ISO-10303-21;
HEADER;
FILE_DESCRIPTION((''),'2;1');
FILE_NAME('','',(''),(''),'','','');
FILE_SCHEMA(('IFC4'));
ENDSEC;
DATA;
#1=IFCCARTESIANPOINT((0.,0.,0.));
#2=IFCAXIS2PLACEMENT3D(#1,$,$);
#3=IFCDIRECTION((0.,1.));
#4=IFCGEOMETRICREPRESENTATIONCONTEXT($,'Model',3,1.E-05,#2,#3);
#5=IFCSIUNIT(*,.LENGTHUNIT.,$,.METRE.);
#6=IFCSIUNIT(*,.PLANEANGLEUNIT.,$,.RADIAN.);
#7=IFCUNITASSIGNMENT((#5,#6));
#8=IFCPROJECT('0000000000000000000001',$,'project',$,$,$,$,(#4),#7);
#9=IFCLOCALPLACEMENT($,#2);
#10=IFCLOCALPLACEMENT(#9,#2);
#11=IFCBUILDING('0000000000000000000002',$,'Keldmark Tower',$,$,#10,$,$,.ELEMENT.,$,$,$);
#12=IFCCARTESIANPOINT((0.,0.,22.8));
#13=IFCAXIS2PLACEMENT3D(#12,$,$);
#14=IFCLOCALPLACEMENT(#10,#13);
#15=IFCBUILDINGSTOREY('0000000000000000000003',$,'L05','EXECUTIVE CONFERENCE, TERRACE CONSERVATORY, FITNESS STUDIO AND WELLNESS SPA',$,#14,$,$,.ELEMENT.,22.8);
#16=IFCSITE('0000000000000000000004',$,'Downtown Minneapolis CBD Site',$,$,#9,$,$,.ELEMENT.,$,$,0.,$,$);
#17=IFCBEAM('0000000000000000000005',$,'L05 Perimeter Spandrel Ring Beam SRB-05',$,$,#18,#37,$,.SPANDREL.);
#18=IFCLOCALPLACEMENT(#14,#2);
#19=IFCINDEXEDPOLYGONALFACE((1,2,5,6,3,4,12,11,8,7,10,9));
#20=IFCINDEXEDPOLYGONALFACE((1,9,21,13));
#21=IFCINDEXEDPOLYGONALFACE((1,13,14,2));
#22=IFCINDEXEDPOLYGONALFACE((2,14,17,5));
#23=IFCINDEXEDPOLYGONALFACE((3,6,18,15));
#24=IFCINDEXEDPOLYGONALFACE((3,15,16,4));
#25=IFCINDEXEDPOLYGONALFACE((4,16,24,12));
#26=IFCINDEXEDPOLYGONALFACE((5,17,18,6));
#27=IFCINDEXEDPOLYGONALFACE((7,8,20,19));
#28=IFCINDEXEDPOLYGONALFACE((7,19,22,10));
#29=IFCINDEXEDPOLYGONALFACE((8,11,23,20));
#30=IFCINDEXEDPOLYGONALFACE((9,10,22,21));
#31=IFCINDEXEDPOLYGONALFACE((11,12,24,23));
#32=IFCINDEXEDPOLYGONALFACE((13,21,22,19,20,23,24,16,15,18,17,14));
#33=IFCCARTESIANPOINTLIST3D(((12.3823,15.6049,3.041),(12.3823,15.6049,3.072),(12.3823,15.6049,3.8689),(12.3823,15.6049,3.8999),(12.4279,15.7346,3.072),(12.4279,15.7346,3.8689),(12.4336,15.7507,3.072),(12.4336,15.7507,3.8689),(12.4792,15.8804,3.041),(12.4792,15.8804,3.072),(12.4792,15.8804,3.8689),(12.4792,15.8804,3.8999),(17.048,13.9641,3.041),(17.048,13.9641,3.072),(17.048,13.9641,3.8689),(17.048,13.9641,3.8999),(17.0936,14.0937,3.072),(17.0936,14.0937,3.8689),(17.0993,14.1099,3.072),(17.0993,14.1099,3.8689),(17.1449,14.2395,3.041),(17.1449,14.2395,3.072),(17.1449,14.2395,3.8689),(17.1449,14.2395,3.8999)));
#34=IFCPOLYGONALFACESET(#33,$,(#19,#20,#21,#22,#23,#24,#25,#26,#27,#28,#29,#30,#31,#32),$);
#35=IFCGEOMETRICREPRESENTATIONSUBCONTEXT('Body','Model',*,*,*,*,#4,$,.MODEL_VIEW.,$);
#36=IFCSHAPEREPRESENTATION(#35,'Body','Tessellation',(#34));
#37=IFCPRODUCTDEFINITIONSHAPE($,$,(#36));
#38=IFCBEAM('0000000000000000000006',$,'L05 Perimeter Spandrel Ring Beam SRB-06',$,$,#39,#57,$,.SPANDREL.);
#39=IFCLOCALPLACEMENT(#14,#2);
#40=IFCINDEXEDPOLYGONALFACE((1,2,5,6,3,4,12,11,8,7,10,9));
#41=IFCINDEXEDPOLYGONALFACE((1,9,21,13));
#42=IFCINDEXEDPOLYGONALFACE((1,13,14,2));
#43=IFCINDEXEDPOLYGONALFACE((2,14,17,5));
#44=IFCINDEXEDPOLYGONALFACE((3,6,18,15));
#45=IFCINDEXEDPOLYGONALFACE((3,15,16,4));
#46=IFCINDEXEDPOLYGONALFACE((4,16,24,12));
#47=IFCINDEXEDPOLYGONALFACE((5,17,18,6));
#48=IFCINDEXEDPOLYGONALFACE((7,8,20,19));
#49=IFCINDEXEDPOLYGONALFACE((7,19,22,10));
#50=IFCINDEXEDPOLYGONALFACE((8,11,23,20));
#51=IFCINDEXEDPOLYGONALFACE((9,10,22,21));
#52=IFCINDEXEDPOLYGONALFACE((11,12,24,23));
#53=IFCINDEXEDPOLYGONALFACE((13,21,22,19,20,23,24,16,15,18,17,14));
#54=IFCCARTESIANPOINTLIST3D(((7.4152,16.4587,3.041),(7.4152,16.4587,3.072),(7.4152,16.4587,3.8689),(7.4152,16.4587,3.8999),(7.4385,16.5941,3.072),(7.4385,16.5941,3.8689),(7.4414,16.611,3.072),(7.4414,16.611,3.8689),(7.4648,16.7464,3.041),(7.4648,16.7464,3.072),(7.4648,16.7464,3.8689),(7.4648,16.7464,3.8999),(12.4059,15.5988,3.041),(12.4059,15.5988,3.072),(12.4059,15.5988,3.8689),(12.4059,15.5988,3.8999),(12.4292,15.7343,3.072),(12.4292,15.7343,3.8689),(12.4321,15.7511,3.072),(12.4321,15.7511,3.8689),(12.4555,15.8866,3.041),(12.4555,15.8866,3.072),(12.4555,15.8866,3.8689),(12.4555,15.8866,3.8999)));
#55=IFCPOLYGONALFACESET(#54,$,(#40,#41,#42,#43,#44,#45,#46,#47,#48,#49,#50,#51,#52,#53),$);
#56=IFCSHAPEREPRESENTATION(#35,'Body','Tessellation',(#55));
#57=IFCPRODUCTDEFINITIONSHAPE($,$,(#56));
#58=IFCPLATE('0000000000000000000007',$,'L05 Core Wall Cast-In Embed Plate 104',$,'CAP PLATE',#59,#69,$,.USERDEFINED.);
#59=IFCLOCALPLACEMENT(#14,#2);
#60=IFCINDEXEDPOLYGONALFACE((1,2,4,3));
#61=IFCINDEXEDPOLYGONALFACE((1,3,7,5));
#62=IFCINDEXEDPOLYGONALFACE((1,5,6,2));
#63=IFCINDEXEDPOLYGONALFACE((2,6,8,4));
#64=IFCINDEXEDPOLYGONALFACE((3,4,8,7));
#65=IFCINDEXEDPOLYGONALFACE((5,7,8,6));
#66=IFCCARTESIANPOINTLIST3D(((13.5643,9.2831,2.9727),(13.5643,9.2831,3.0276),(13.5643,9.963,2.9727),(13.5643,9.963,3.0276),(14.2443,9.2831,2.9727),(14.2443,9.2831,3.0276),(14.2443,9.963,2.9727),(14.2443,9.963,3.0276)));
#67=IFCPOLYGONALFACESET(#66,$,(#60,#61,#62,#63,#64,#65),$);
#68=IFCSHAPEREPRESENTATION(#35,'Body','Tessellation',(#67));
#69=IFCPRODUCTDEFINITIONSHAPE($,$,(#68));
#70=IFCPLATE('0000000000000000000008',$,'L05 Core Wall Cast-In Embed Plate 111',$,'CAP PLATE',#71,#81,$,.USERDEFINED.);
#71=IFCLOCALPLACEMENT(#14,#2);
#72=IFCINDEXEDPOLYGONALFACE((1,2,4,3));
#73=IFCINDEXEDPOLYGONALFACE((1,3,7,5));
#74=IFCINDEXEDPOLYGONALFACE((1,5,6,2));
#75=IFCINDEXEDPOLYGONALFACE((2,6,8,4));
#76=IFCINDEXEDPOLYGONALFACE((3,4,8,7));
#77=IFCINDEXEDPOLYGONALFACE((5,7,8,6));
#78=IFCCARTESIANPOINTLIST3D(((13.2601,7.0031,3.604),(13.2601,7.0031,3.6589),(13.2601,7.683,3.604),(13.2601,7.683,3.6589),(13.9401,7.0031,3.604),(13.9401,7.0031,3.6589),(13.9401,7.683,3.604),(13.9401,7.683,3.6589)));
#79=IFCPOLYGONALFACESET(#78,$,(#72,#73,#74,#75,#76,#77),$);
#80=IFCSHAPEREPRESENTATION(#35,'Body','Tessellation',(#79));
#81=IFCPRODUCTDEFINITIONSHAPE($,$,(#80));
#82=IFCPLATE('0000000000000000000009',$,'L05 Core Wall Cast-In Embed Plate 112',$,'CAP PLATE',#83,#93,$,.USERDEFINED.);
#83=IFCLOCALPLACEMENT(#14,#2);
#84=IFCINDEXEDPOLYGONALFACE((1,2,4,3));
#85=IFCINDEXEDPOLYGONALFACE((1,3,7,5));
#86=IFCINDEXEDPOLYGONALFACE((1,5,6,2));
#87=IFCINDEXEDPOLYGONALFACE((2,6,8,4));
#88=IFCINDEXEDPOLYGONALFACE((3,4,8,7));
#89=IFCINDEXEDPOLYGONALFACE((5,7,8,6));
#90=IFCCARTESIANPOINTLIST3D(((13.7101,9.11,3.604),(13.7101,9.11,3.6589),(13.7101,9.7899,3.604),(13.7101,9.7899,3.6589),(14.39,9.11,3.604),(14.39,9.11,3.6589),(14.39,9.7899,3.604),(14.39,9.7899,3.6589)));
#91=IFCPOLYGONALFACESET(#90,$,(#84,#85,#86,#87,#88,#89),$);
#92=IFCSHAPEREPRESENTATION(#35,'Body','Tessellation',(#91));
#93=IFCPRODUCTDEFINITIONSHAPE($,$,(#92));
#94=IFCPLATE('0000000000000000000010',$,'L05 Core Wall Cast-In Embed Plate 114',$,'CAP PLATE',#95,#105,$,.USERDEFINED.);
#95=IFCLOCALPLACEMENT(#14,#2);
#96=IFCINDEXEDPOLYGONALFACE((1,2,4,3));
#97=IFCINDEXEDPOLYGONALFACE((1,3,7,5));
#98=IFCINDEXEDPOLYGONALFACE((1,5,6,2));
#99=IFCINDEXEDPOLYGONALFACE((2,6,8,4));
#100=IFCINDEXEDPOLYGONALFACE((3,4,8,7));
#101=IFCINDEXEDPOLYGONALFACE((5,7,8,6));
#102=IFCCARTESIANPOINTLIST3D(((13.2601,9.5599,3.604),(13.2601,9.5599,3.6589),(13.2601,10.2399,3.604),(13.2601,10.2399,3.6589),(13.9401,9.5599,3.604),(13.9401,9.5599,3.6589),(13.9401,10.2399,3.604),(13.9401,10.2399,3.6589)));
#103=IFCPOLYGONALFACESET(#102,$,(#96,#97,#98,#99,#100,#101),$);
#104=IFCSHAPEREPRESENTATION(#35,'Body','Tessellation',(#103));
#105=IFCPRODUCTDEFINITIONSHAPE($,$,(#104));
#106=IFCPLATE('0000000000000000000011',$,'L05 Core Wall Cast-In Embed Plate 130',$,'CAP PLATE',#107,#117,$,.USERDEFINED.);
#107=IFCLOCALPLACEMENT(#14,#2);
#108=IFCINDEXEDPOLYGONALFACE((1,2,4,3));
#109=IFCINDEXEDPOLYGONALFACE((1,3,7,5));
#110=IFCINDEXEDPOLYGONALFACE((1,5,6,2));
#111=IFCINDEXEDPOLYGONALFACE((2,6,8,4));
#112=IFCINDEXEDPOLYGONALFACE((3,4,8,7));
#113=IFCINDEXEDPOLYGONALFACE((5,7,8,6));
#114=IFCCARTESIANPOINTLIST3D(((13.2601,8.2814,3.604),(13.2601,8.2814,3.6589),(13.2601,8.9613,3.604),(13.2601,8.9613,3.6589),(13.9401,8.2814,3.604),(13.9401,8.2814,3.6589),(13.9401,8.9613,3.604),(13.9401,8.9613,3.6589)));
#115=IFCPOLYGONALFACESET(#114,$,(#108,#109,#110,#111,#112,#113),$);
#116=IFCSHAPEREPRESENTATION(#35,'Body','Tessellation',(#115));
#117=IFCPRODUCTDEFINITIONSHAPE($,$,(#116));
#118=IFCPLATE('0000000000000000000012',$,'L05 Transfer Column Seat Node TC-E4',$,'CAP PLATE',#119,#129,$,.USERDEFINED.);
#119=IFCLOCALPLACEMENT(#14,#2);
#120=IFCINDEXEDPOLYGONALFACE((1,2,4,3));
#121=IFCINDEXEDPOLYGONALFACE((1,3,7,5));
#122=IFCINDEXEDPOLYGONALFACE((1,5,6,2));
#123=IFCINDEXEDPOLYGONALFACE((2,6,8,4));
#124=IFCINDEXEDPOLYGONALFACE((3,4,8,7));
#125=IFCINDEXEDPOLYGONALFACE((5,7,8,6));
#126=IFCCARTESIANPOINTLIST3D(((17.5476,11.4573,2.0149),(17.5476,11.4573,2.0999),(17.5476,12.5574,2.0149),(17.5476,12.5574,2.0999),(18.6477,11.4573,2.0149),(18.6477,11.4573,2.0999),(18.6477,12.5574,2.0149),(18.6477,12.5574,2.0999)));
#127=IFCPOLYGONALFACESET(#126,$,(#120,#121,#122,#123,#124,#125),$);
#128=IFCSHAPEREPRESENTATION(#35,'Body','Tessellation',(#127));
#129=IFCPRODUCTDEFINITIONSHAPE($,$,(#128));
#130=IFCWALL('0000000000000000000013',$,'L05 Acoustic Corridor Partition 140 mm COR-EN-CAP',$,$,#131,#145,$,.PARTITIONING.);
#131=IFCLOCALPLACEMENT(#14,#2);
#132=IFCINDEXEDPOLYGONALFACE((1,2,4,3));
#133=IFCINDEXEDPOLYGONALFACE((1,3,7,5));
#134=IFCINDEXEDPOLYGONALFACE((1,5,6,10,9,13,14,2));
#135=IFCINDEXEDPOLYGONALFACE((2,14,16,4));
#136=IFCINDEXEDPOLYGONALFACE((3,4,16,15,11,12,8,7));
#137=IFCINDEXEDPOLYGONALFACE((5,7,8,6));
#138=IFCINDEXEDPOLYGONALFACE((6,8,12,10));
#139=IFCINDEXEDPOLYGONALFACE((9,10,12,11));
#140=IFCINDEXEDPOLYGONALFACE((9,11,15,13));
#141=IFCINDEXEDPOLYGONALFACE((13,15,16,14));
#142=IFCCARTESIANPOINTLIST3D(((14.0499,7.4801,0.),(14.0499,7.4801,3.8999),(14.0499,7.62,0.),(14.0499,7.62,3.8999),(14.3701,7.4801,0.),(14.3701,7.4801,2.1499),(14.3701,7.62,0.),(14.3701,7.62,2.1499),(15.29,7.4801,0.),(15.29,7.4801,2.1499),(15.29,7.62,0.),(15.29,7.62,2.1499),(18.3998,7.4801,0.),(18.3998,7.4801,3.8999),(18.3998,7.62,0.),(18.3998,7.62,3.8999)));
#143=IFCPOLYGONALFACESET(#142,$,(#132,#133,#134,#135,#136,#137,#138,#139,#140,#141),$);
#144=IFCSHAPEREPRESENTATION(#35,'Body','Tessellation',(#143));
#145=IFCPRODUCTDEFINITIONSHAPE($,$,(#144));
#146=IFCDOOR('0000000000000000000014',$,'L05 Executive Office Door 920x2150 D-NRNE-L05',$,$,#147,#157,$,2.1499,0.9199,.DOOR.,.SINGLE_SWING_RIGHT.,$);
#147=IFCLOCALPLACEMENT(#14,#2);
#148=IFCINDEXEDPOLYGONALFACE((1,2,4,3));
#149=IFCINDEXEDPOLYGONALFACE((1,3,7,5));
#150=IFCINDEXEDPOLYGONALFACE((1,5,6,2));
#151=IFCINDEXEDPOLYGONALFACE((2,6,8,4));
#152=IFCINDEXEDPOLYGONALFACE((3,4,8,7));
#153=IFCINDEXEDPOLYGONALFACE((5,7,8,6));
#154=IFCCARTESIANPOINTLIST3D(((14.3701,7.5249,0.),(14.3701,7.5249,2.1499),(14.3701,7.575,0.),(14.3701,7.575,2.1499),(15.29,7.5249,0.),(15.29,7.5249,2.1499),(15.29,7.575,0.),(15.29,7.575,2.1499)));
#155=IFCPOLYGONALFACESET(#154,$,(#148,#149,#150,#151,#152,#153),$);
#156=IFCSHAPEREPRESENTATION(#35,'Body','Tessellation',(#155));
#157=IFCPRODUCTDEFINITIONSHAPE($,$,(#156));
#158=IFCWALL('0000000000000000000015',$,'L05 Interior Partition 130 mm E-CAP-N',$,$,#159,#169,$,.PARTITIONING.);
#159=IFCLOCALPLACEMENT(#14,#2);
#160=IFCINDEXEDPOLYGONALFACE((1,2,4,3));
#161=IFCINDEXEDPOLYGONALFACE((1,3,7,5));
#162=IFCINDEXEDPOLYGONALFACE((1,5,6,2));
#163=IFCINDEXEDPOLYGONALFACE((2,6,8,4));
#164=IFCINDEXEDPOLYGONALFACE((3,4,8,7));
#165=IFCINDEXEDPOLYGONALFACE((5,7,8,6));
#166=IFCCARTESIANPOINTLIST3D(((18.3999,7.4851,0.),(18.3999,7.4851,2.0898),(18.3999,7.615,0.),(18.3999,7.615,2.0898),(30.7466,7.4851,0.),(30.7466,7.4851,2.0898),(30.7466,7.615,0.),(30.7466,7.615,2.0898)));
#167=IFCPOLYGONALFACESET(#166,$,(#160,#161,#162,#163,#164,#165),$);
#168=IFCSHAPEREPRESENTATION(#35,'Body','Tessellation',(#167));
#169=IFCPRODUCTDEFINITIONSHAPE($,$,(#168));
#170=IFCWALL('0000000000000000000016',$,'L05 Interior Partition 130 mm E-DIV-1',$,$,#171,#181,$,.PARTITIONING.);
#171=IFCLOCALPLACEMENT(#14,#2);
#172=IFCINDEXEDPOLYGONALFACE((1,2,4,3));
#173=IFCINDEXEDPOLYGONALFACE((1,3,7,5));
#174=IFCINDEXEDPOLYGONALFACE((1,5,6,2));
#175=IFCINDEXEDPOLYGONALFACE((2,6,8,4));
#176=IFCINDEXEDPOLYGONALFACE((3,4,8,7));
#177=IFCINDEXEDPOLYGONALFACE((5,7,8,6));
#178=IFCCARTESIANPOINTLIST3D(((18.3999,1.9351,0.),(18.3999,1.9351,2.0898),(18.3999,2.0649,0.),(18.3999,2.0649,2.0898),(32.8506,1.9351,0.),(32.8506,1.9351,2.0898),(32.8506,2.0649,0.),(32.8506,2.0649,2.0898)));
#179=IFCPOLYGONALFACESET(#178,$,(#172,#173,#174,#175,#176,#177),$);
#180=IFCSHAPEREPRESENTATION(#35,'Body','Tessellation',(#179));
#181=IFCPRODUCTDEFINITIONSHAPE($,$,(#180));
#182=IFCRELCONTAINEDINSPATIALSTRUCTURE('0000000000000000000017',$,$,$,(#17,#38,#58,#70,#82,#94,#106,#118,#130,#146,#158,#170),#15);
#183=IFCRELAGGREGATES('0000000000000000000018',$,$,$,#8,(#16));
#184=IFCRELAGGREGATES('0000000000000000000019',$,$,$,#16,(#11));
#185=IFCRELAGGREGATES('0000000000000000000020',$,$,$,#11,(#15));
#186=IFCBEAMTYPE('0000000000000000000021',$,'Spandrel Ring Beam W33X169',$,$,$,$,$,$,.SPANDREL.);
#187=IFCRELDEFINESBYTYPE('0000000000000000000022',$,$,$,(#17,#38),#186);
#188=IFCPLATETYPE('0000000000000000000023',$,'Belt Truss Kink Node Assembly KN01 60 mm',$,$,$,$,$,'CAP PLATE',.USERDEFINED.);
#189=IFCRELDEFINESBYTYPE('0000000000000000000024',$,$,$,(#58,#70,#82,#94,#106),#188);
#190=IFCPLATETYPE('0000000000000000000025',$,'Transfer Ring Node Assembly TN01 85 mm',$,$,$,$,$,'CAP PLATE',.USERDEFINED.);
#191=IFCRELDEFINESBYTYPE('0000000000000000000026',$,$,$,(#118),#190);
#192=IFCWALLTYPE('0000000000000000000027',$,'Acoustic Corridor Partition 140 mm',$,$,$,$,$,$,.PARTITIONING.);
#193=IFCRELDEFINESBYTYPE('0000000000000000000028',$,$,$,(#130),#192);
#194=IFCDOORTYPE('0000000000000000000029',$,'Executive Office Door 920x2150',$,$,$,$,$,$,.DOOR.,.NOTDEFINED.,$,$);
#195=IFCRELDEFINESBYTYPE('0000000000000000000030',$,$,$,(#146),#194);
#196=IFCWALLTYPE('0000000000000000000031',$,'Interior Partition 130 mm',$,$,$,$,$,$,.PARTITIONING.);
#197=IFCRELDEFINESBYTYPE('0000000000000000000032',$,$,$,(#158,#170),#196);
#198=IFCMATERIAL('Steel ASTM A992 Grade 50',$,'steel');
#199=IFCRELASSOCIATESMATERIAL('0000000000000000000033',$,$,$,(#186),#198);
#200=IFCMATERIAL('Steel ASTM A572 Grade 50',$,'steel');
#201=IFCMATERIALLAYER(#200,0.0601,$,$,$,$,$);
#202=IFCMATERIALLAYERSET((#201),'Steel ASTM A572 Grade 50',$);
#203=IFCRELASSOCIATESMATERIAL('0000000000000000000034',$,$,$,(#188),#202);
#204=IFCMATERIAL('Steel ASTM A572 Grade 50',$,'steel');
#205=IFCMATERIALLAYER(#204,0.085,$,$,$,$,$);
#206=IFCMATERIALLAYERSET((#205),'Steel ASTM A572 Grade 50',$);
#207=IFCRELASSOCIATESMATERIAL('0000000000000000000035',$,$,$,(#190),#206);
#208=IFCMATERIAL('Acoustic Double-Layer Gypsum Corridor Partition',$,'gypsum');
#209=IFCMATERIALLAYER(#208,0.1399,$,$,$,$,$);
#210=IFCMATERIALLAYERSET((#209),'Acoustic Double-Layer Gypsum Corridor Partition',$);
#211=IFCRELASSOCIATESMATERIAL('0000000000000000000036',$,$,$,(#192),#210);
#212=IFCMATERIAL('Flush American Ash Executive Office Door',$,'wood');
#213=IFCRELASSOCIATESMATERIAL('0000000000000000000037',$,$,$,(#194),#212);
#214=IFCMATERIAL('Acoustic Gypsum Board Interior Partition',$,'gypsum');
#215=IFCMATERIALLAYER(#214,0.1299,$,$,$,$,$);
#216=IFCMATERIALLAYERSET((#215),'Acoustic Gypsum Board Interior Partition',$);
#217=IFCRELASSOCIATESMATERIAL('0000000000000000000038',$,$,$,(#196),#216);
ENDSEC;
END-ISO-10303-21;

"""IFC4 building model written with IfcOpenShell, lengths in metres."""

from ifc_helpers import new_model, si_unit, direction, frame, frame_2d, origin, origin_2d, place, context, subcontext, project, spatial, rectangle, i_section, extrude, material, layer, layer_set, material_profile, profile_set, type_object, element, fill, save


model = new_model("IFC4")

# Units and contexts
model_context = context("Model", 3, precision=1e-05, world=origin(), true_north=direction((0.0, 1.0)))
body_context = subcontext(model_context, "Body", "Model", "MODEL_VIEW")
ifc_project = project(units=[si_unit("LENGTHUNIT", "METRE"), si_unit("PLANEANGLEUNIT", "RADIAN")], contexts=[model_context])

# Site, building, storey
site_placement = place(None, origin())
site = spatial("IfcSite", under=ifc_project, at=site_placement, Name="Downtown Minneapolis CBD Site", CompositionType="ELEMENT", RefElevation=0.0)
building_placement = place(site_placement, origin())
building = spatial("IfcBuilding", under=site, at=building_placement, Name="Keldmark Tower", CompositionType="ELEMENT")
storey_placement = place(building_placement, frame((0.0, 0.0, 22.8)))
storey = spatial("IfcBuildingStorey", under=building, at=storey_placement, Name="L05", Description="EXECUTIVE CONFERENCE, TERRACE CONSERVATORY, FITNESS STUDIO AND WELLNESS SPA", CompositionType="ELEMENT", Elevation=22.8)

# Beams
ifc_material_1 = material(Name="Steel ASTM A992 Grade 50", Category="steel")
ifc_material_profile_1 = material_profile(ifc_material_1, i_section(OverallWidth=0.292, OverallDepth=0.8589, WebThickness=0.0171, FlangeThickness=0.031, at=origin_2d()), Name="W33X169")
ifc_profile_set_1 = profile_set([ifc_material_profile_1], Name="Steel ASTM A992 Grade 50")
beam_type_1 = type_object("IfcBeamType", Name="Spandrel Ring Beam W33X169", PredefinedType="SPANDREL", material=ifc_profile_set_1)
beam_1_placement = place(storey_placement, frame((17.0964, 14.1018, 3.4705), z_axis=(-0.943362, 0.331764, 0.0), x_axis=(-0.331764, -0.943362, 0.0)))
element("IfcBeam", 1, at=beam_1_placement, inside=storey, type_object=beam_type_1, Name="L05 Perimeter Spandrel Ring Beam SRB-05", PredefinedType="SPANDREL", context=body_context, shape_type="SweptSolid", body=[
    extrude(i_section(OverallWidth=0.292, OverallDepth=0.8589, WebThickness=0.0171, FlangeThickness=0.031, at=origin_2d()), origin(), (0.0, 0.0, 1.0), 4.9458),
])
beam_2_placement = place(storey_placement, frame((12.4307, 15.7427, 3.4705), z_axis=(-0.98548, 0.169791, 0.0), x_axis=(-0.169791, -0.98548, 0.0)))
element("IfcBeam", 2, at=beam_2_placement, inside=storey, type_object=beam_type_1, Name="L05 Perimeter Spandrel Ring Beam SRB-06", PredefinedType="SPANDREL", context=body_context, shape_type="SweptSolid", body=[
    extrude(i_section(OverallWidth=0.292, OverallDepth=0.8589, WebThickness=0.0171, FlangeThickness=0.031, at=origin_2d()), origin(), (0.0, 0.0, 1.0), 5.0642),
])

# Plates
ifc_material_2 = material(Name="Steel ASTM A572 Grade 50", Category="steel")
ifc_layer_1 = layer(ifc_material_2, 0.0601)
ifc_layer_set_1 = layer_set([ifc_layer_1], Name="Steel ASTM A572 Grade 50")
plate_type_1 = type_object("IfcPlateType", Name="Belt Truss Kink Node Assembly KN01 60 mm", ElementType="CAP PLATE", PredefinedType="USERDEFINED", material=ifc_layer_set_1)
for number, where, z_axis, x_axis, name in (
    (3, (13.9043, 9.623, 2.9727), (0.0, 0.0, 1.0), (1.0, 0.0, 0.0), "L05 Core Wall Cast-In Embed Plate 104"),
    (4, (13.6001, 7.343, 3.604), (0.0, 0.0, 1.0), (1.0, 0.0, 0.0), "L05 Core Wall Cast-In Embed Plate 111"),
    (5, (14.05, 9.45, 3.604), (0.0, 0.0, 1.0), (1.0, 0.0, 0.0), "L05 Core Wall Cast-In Embed Plate 112"),
    (6, (13.6001, 9.8999, 3.604), (0.0, 0.0, 1.0), (1.0, 0.0, 0.0), "L05 Core Wall Cast-In Embed Plate 114"),
    (7, (13.6001, 8.6213, 3.604), (0.0, 0.0, 1.0), (1.0, 0.0, 0.0), "L05 Core Wall Cast-In Embed Plate 130"),
):
    element("IfcPlate", number, at=place(storey_placement, frame(where, z_axis=z_axis, x_axis=x_axis)), inside=storey, type_object=plate_type_1, Name=name, ObjectType="CAP PLATE", PredefinedType="USERDEFINED", context=body_context, shape_type="SweptSolid", body=[
        extrude(rectangle(XDim=0.6799, YDim=0.6799, at=origin_2d()), origin(), (0.0, 0.0, 1.0), 0.0549),
    ])
ifc_material_3 = material(Name="Steel ASTM A572 Grade 50", Category="steel")
ifc_layer_2 = layer(ifc_material_3, 0.085)
ifc_layer_set_2 = layer_set([ifc_layer_2], Name="Steel ASTM A572 Grade 50")
plate_type_2 = type_object("IfcPlateType", Name="Transfer Ring Node Assembly TN01 85 mm", ElementType="CAP PLATE", PredefinedType="USERDEFINED", material=ifc_layer_set_2)
plate_placement = place(storey_placement, frame((18.0977, 12.0073, 2.0149), z_axis=(0.0, 0.0, 1.0), x_axis=(1.0, 0.0, 0.0)))
element("IfcPlate", 8, at=plate_placement, inside=storey, type_object=plate_type_2, Name="L05 Transfer Column Seat Node TC-E4", ObjectType="CAP PLATE", PredefinedType="USERDEFINED", context=body_context, shape_type="SweptSolid", body=[
    extrude(rectangle(XDim=1.1001, YDim=1.1001, at=origin_2d()), origin(), (0.0, 0.0, 1.0), 0.085),
])

# Wall, opening, door
ifc_material_4 = material(Name="Acoustic Double-Layer Gypsum Corridor Partition", Category="gypsum")
ifc_layer_3 = layer(ifc_material_4, 0.1399)
ifc_layer_set_3 = layer_set([ifc_layer_3], Name="Acoustic Double-Layer Gypsum Corridor Partition")
wall_type_1 = type_object("IfcWallType", Name="Acoustic Corridor Partition 140 mm", PredefinedType="PARTITIONING", material=ifc_layer_set_3)
wall_1_placement = place(storey_placement, frame((14.05, 7.55, 0.0), z_axis=(0.0, 0.0, 1.0), x_axis=(1.0, 0.0, 0.0)))
wall_1 = element("IfcWall", 9, at=wall_1_placement, inside=storey, type_object=wall_type_1, Name="L05 Acoustic Corridor Partition 140 mm COR-EN-CAP", PredefinedType="PARTITIONING", context=body_context, shape_type="SweptSolid", body=[
    extrude(rectangle(XDim=4.3499, YDim=0.1399, at=frame_2d((2.1748, 0.0))), origin(), (0.0, 0.0, 1.0), 3.8999),
])
opening_1_placement = place(wall_1_placement, frame((0.3201, 0.0, 0.0)))
opening_1 = element("IfcOpeningElement", 10, at=opening_1_placement, cuts=wall_1, PredefinedType="OPENING", context=body_context, shape_type="SweptSolid", body=[
    extrude(rectangle(XDim=0.9199, YDim=2.1499, at=frame_2d((0.46, 1.075))), frame((0.0, 0.0798, 0.0), z_axis=(0.0, -1.0, 0.0), x_axis=(1.0, 0.0, 0.0)), (0.0, 0.0, 1.0), 0.1599),
])
ifc_material_5 = material(Name="Flush American Ash Executive Office Door", Category="wood")
door_type = type_object("IfcDoorType", Name="Executive Office Door 920x2150", OperationType="NOTDEFINED", PredefinedType="DOOR", material=ifc_material_5)
door_placement = place(opening_1_placement, origin())
door = element("IfcDoor", 11, at=door_placement, inside=storey, type_object=door_type, Name="L05 Executive Office Door 920x2150 D-NRNE-L05", OperationType="SINGLE_SWING_RIGHT", OverallHeight=2.1499, OverallWidth=0.9199, PredefinedType="DOOR", context=body_context, shape_type="SweptSolid", body=[
    extrude(rectangle(XDim=0.9199, YDim=2.1499, at=frame_2d((0.46, 1.075))), frame((0.0, 0.0249, 0.0), z_axis=(0.0, -1.0, 0.0), x_axis=(1.0, 0.0, 0.0)), (0.0, 0.0, 1.0), 0.05),
])
fill(opening_1, door)

# Walls
ifc_material_6 = material(Name="Acoustic Gypsum Board Interior Partition", Category="gypsum")
ifc_layer_4 = layer(ifc_material_6, 0.1299)
ifc_layer_set_4 = layer_set([ifc_layer_4], Name="Acoustic Gypsum Board Interior Partition")
wall_type_2 = type_object("IfcWallType", Name="Interior Partition 130 mm", PredefinedType="PARTITIONING", material=ifc_layer_set_4)
wall_2_placement = place(storey_placement, frame((18.3999, 7.55, 0.0), z_axis=(0.0, 0.0, 1.0), x_axis=(1.0, 0.0, 0.0)))
element("IfcWall", 12, at=wall_2_placement, inside=storey, type_object=wall_type_2, Name="L05 Interior Partition 130 mm E-CAP-N", PredefinedType="PARTITIONING", context=body_context, shape_type="SweptSolid", body=[
    extrude(rectangle(XDim=12.3467, YDim=0.1299, at=frame_2d((6.1733, 0.0))), origin(), (0.0, 0.0, 1.0), 2.0898),
])
wall_3_placement = place(storey_placement, frame((18.3999, 2.0, 0.0), z_axis=(0.0, 0.0, 1.0), x_axis=(1.0, 0.0, 0.0)))
element("IfcWall", 13, at=wall_3_placement, inside=storey, type_object=wall_type_2, Name="L05 Interior Partition 130 mm E-DIV-1", PredefinedType="PARTITIONING", context=body_context, shape_type="SweptSolid", body=[
    extrude(rectangle(XDim=14.4507, YDim=0.1299, at=frame_2d((7.2253, 0.0))), origin(), (0.0, 0.0, 1.0), 2.0898),
])

save(model, "model.ifc")
